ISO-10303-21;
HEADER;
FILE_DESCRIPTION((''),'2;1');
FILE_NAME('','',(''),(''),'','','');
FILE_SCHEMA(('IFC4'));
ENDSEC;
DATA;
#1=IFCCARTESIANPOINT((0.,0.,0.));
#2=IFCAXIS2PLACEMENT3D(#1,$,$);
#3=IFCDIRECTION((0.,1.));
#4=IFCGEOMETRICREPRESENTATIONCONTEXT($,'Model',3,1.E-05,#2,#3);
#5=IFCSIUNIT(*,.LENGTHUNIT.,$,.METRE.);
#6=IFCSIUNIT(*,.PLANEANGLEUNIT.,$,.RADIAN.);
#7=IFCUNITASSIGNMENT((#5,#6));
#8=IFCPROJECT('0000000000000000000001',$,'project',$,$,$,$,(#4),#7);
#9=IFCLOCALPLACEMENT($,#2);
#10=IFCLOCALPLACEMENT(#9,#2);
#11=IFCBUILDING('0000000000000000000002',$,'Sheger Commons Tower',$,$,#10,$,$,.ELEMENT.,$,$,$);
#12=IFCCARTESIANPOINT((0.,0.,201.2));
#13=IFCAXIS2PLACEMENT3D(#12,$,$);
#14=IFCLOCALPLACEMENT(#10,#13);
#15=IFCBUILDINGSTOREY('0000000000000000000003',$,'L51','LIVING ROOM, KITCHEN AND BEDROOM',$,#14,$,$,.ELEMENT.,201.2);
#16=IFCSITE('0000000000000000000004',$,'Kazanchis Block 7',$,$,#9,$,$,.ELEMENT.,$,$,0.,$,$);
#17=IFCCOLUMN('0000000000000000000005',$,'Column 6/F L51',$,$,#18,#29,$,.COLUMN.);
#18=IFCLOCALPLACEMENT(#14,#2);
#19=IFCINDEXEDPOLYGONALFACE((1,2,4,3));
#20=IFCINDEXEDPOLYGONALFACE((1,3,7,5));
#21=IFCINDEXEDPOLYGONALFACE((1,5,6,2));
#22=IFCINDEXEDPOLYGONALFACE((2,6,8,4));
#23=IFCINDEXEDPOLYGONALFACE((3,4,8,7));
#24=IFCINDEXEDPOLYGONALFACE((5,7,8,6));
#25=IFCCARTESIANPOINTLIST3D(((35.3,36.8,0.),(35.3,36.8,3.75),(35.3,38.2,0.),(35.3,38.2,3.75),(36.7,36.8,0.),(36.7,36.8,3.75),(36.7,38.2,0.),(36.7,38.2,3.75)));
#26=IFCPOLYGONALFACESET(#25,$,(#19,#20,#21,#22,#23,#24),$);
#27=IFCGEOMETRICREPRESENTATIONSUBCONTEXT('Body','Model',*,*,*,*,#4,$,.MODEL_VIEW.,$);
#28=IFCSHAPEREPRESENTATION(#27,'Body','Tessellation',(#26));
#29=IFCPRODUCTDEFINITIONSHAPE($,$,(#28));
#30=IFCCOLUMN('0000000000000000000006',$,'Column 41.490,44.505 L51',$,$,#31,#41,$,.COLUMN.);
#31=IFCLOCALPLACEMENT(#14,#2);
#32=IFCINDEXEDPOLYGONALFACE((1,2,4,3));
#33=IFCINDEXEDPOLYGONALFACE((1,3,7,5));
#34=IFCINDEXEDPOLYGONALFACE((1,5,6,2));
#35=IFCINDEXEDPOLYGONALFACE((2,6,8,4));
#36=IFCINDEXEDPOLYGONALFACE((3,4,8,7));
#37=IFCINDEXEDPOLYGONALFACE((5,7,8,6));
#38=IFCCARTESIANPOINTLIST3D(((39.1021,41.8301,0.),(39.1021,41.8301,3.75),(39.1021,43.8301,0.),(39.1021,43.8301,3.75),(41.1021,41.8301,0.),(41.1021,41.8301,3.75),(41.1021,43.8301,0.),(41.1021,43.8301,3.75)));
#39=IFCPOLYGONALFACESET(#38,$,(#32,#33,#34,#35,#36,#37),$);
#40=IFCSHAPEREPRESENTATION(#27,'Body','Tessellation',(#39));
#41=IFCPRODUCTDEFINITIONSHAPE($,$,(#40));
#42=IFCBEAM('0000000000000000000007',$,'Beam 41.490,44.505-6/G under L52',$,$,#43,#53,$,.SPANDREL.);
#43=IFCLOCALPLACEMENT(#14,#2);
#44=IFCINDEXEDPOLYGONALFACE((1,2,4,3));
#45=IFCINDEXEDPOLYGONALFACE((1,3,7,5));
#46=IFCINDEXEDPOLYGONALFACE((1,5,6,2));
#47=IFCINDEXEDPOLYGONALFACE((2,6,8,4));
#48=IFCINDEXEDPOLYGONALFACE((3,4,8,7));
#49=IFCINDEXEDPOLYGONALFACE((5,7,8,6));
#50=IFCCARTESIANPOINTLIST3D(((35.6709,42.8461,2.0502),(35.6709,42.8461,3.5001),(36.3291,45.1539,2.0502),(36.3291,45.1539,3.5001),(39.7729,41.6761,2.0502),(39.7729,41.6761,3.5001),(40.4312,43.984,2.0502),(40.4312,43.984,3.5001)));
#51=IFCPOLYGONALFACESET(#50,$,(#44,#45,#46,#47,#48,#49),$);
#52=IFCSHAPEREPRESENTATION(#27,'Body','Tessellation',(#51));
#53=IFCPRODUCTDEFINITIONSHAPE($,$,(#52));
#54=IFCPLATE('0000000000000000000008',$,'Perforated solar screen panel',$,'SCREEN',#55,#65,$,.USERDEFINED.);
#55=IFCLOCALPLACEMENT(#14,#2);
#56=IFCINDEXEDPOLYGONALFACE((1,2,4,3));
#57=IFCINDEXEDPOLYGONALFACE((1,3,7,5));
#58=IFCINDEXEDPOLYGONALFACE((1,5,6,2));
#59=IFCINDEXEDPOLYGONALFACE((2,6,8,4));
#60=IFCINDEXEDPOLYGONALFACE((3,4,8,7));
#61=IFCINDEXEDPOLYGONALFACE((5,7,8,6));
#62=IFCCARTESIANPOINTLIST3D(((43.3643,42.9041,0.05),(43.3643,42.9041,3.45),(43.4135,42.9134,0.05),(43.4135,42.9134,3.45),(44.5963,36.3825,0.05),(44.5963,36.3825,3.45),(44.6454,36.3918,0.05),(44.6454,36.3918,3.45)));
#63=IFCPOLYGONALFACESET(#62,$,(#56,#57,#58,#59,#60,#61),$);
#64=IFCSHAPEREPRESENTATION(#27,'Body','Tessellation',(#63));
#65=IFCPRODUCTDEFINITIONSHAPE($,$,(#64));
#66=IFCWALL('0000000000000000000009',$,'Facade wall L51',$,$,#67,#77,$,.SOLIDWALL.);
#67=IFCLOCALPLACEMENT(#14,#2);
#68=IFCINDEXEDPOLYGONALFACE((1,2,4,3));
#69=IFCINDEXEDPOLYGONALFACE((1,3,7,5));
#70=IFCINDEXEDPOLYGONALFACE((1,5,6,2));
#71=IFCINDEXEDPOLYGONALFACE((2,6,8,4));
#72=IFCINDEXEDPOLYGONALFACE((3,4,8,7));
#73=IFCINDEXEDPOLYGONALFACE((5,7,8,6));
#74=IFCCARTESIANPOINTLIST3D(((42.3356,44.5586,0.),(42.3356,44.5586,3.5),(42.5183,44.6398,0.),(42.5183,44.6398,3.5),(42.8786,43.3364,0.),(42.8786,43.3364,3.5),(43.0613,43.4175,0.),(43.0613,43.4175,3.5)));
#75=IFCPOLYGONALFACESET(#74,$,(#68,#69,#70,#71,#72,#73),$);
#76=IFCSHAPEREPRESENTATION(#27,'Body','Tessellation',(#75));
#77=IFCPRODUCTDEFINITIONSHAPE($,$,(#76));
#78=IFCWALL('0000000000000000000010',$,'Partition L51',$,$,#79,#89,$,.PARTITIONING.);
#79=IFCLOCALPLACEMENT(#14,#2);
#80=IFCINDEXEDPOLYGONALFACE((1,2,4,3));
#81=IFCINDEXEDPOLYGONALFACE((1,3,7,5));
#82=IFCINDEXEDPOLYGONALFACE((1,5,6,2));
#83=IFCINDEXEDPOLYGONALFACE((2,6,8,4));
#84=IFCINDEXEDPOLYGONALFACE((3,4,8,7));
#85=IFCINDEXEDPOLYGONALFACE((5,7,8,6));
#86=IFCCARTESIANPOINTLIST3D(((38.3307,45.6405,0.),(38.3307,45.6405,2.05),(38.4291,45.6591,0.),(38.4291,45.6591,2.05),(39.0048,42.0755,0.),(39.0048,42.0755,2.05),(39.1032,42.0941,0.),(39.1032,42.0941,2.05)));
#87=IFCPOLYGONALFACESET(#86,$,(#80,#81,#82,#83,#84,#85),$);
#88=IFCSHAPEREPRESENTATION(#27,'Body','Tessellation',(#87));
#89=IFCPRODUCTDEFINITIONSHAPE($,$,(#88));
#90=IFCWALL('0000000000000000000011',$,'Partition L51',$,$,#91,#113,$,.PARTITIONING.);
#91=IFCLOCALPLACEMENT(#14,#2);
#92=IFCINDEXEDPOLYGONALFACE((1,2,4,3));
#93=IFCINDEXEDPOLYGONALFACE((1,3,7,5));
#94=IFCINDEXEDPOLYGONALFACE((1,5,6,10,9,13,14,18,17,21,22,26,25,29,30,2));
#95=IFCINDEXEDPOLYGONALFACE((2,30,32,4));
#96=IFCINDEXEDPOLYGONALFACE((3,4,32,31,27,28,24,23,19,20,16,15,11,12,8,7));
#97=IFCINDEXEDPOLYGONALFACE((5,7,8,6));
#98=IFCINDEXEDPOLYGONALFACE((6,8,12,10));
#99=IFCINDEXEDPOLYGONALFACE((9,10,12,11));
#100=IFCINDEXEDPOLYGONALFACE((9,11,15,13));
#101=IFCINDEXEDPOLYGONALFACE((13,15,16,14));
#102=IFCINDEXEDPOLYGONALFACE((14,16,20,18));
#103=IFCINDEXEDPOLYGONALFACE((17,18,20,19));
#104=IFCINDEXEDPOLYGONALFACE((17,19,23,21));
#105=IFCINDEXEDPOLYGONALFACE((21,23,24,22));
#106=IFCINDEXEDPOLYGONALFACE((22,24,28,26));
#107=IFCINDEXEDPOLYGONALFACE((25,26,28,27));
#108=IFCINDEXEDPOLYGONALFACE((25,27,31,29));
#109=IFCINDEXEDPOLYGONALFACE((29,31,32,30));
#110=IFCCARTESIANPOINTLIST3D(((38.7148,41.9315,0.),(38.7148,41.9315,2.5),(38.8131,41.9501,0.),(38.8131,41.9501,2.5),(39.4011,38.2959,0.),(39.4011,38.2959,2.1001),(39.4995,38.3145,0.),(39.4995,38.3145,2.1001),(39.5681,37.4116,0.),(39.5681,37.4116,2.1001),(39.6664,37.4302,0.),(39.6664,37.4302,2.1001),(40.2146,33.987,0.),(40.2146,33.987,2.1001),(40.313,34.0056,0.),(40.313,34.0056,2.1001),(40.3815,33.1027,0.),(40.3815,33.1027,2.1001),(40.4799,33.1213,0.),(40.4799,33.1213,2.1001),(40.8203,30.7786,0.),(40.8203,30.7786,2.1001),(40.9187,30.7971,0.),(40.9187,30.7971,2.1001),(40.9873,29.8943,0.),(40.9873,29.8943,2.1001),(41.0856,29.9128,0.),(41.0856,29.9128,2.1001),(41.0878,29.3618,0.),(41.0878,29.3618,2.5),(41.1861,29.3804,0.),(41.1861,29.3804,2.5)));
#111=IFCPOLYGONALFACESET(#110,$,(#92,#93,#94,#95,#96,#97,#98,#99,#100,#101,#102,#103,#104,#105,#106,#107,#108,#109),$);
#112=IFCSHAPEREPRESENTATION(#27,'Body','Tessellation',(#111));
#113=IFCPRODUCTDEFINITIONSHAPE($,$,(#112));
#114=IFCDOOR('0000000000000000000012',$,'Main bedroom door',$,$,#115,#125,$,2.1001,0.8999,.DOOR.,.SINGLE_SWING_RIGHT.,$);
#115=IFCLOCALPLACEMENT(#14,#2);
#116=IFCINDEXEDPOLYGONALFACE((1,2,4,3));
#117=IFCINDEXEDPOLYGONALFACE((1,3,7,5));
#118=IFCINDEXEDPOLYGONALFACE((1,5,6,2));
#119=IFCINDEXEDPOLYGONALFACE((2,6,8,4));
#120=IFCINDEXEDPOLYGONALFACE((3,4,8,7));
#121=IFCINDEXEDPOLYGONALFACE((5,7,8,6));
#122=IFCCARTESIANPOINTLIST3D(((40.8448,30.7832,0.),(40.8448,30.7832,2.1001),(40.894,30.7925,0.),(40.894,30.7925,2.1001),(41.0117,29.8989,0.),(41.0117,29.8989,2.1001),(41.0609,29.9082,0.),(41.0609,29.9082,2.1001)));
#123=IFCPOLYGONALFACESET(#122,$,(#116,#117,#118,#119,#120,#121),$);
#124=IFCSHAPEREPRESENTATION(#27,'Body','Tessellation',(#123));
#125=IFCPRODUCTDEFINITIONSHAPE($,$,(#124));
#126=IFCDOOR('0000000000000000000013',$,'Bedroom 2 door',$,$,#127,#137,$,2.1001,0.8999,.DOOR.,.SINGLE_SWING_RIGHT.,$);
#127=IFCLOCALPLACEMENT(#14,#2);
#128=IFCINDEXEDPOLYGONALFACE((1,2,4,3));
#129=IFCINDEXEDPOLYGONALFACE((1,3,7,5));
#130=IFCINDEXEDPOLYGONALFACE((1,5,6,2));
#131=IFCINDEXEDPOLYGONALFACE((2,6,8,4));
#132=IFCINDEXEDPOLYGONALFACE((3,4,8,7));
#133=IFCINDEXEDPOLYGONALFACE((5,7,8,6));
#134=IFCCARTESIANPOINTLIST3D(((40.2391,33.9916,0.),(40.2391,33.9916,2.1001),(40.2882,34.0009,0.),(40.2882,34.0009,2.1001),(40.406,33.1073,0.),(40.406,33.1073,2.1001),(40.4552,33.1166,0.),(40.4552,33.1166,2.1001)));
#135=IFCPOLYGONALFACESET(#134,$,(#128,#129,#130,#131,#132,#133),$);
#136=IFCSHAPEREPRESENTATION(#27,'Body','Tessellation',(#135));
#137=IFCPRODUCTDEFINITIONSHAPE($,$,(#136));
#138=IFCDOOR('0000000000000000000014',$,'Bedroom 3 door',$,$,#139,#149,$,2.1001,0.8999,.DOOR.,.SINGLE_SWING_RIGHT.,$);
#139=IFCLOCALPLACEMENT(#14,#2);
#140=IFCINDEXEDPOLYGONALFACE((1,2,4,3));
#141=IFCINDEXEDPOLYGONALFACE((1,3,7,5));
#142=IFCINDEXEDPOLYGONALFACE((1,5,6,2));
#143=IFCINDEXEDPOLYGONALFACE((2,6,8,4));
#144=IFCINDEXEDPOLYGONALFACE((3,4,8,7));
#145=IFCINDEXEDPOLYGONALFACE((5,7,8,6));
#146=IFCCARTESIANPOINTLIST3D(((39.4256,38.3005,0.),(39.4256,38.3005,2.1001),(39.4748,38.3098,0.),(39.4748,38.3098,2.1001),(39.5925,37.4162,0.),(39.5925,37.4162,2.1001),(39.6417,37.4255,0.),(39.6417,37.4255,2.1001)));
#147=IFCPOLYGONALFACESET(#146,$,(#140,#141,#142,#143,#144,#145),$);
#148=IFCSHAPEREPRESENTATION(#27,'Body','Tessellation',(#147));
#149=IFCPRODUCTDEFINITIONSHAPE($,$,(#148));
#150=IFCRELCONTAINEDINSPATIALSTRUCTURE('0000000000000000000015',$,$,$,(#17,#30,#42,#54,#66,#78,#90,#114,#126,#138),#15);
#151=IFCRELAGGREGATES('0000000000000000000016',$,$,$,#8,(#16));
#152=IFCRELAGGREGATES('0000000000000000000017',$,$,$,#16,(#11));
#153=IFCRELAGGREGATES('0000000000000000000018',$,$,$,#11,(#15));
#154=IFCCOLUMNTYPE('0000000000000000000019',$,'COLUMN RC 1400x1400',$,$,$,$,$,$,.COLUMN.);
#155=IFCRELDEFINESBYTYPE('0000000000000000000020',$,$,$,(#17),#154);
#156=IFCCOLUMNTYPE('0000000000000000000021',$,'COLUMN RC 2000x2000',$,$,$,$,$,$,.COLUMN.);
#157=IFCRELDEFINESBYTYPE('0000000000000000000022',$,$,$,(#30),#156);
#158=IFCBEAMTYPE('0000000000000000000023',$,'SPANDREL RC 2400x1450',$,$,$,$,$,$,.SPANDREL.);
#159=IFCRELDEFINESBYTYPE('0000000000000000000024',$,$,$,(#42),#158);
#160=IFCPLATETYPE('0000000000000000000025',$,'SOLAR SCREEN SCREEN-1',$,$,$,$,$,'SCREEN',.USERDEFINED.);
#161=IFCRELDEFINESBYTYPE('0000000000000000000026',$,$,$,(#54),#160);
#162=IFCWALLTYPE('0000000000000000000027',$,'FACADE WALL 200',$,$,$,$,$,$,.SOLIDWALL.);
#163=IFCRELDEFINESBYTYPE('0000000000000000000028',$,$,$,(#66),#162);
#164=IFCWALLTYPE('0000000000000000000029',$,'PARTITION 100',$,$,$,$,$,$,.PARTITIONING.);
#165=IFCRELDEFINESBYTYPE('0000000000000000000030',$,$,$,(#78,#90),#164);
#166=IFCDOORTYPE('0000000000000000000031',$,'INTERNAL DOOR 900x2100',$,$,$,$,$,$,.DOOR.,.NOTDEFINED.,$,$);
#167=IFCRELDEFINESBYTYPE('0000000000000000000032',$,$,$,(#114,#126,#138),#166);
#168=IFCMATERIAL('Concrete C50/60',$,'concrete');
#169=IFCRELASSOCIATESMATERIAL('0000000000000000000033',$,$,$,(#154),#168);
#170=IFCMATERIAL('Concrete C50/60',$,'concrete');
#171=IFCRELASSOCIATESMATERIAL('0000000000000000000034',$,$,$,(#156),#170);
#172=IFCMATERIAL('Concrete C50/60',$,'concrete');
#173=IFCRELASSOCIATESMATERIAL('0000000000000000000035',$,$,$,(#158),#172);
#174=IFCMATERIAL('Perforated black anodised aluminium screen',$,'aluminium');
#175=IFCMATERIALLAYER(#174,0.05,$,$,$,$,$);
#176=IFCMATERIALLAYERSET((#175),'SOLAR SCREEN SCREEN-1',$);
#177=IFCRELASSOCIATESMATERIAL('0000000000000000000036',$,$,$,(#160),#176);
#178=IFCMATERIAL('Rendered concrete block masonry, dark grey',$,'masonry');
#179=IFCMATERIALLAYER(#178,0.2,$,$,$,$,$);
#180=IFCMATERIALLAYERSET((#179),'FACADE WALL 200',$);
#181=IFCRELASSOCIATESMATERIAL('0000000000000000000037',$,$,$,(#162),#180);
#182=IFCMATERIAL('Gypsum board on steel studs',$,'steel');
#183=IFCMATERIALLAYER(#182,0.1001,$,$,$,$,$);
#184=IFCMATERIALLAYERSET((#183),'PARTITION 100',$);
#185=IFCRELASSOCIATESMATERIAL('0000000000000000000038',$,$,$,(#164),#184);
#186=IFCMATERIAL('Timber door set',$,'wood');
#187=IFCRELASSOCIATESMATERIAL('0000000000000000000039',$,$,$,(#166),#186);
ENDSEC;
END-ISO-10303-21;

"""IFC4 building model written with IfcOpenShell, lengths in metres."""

from ifc_helpers import new_model, si_unit, direction, frame, frame_2d, origin, origin_2d, place, context, subcontext, project, spatial, rectangle, extrude, material, layer, layer_set, material_profile, profile_set, type_object, element, fill, save


model = new_model("IFC4")

# Units and contexts
model_context = context("Model", 3, precision=1e-05, world=origin(), true_north=direction((0.0, 1.0)))
body_context = subcontext(model_context, "Body", "Model", "MODEL_VIEW")
ifc_project = project(units=[si_unit("LENGTHUNIT", "METRE"), si_unit("PLANEANGLEUNIT", "RADIAN")], contexts=[model_context])

# Site, building, storey
site_placement = place(None, origin())
site = spatial("IfcSite", under=ifc_project, at=site_placement, Name="Kazanchis Block 7", CompositionType="ELEMENT", RefElevation=0.0)
building_placement = place(site_placement, origin())
building = spatial("IfcBuilding", under=site, at=building_placement, Name="Sheger Commons Tower", CompositionType="ELEMENT")
storey_placement = place(building_placement, frame((0.0, 0.0, 201.2)))
storey = spatial("IfcBuildingStorey", under=building, at=storey_placement, Name="L51", Description="LIVING ROOM, KITCHEN AND BEDROOM", CompositionType="ELEMENT", Elevation=201.2)

# Columns
ifc_material_1 = material(Name="Concrete C50/60", Category="concrete")
ifc_material_profile_1 = material_profile(ifc_material_1, rectangle(XDim=1.3999, YDim=1.3999, at=origin_2d()), Name="RC 1400x1400")
ifc_profile_set_1 = profile_set([ifc_material_profile_1], Name="Concrete C50/60")
column_type_1 = type_object("IfcColumnType", Name="COLUMN RC 1400x1400", PredefinedType="COLUMN", material=ifc_profile_set_1)
column_1_placement = place(storey_placement, frame((36.0, 37.5, 0.0), z_axis=(0.0, 0.0, 1.0), x_axis=(1.0, 0.0, 0.0)))
element("IfcColumn", 1, at=column_1_placement, inside=storey, type_object=column_type_1, Name="Column 6/F L51", PredefinedType="COLUMN", context=body_context, shape_type="SweptSolid", body=[
    extrude(rectangle(XDim=1.3999, YDim=1.3999, at=origin_2d()), origin(), (0.0, 0.0, 1.0), 3.75),
])
ifc_material_2 = material(Name="Concrete C50/60", Category="concrete")
ifc_material_profile_2 = material_profile(ifc_material_2, rectangle(XDim=2.0, YDim=2.0, at=origin_2d()), Name="RC 2000x2000")
ifc_profile_set_2 = profile_set([ifc_material_profile_2], Name="Concrete C50/60")
column_type_2 = type_object("IfcColumnType", Name="COLUMN RC 2000x2000", PredefinedType="COLUMN", material=ifc_profile_set_2)
column_2_placement = place(storey_placement, frame((40.1021, 42.8301, 0.0), z_axis=(0.0, 0.0, 1.0), x_axis=(1.0, 0.0, 0.0)))
element("IfcColumn", 2, at=column_2_placement, inside=storey, type_object=column_type_2, Name="Column 41.490,44.505 L51", PredefinedType="COLUMN", context=body_context, shape_type="SweptSolid", body=[
    extrude(rectangle(XDim=2.0, YDim=2.0, at=origin_2d()), origin(), (0.0, 0.0, 1.0), 3.75),
])

# Beam
ifc_material_3 = material(Name="Concrete C50/60", Category="concrete")
ifc_material_profile_3 = material_profile(ifc_material_3, rectangle(XDim=2.3999, YDim=1.45, at=origin_2d()), Name="RC 2400x1450")
ifc_profile_set_3 = profile_set([ifc_material_profile_3], Name="Concrete C50/60")
beam_type = type_object("IfcBeamType", Name="SPANDREL RC 2400x1450", PredefinedType="SPANDREL", material=ifc_profile_set_3)
beam_placement = place(storey_placement, frame((40.1021, 42.8301, 2.7751), z_axis=(-0.961653, 0.274268, 0.0), x_axis=(-0.274268, -0.961653, 0.0)))
element("IfcBeam", 3, at=beam_placement, inside=storey, type_object=beam_type, Name="Beam 41.490,44.505-6/G under L52", PredefinedType="SPANDREL", context=body_context, shape_type="SweptSolid", body=[
    extrude(rectangle(XDim=2.3999, YDim=1.45, at=origin_2d()), origin(), (0.0, 0.0, 1.0), 4.2656),
])

# Plate
ifc_material_4 = material(Name="Perforated black anodised aluminium screen", Category="aluminium")
ifc_layer_1 = layer(ifc_material_4, 0.05)
ifc_layer_set_1 = layer_set([ifc_layer_1], Name="SOLAR SCREEN SCREEN-1")
plate_type = type_object("IfcPlateType", Name="SOLAR SCREEN SCREEN-1", ElementType="SCREEN", PredefinedType="USERDEFINED", material=ifc_layer_set_1)
plate_placement = place(storey_placement, frame((44.0049, 39.6479, 0.05), z_axis=(0.0, 0.0, 1.0), x_axis=(-0.185615, 0.982623, 0.0)))
element("IfcPlate", 4, at=plate_placement, inside=storey, type_object=plate_type, Name="Perforated solar screen panel", ObjectType="SCREEN", PredefinedType="USERDEFINED", context=body_context, shape_type="SweptSolid", body=[
    extrude(rectangle(XDim=6.637, YDim=0.05, at=origin_2d()), origin(), (0.0, 0.0, 1.0), 3.3999),
])

# Walls
ifc_material_5 = material(Name="Rendered concrete block masonry, dark grey", Category="masonry")
ifc_layer_2 = layer(ifc_material_5, 0.2)
ifc_layer_set_2 = layer_set([ifc_layer_2], Name="FACADE WALL 200")
wall_type_1 = type_object("IfcWallType", Name="FACADE WALL 200", PredefinedType="SOLIDWALL", material=ifc_layer_set_2)
wall_1_placement = place(storey_placement, frame((42.97, 43.377, 0.0), z_axis=(0.0, 0.0, 1.0), x_axis=(-0.406003, 0.913872, 0.0)))
element("IfcWall", 5, at=wall_1_placement, inside=storey, type_object=wall_type_1, Name="Facade wall L51", PredefinedType="SOLIDWALL", context=body_context, shape_type="SweptSolid", body=[
    extrude(rectangle(XDim=1.3374, YDim=0.2, at=frame_2d((0.6687, 0.0))), origin(), (0.0, 0.0, 1.0), 3.5),
])
ifc_material_6 = material(Name="Gypsum board on steel studs", Category="steel")
ifc_layer_3 = layer(ifc_material_6, 0.1001)
ifc_layer_set_3 = layer_set([ifc_layer_3], Name="PARTITION 100")
wall_type_2 = type_object("IfcWallType", Name="PARTITION 100", PredefinedType="PARTITIONING", material=ifc_layer_set_3)
wall_2_placement = place(storey_placement, frame((39.054, 42.085, 0.0), z_axis=(0.0, 0.0, 1.0), x_axis=(-0.185792, 0.982589, 0.0)))
element("IfcWall", 6, at=wall_2_placement, inside=storey, type_object=wall_type_2, Name="Partition L51", PredefinedType="PARTITIONING", context=body_context, shape_type="SweptSolid", body=[
    extrude(rectangle(XDim=3.6282, YDim=0.1001, at=frame_2d((1.814, 0.0))), origin(), (0.0, 0.0, 1.0), 2.05),
])

# Wall, openings, doors
wall_3_placement = place(storey_placement, frame((38.7639, 41.9409, 0.0), z_axis=(0.0, 0.0, 1.0), x_axis=(0.185512, -0.982642, 0.0)))
wall_3 = element("IfcWall", 7, at=wall_3_placement, inside=storey, type_object=wall_type_2, Name="Partition L51", PredefinedType="PARTITIONING", context=body_context, shape_type="SweptSolid", body=[
    extrude(rectangle(XDim=12.7917, YDim=0.1001, at=frame_2d((6.396, 0.0))), origin(), (0.0, 0.0, 1.0), 2.5),
])
opening_1_placement = place(wall_3_placement, frame((11.3501, 0.0, 0.0)))
opening_1 = element("IfcOpeningElement", 8, at=opening_1_placement, cuts=wall_3, PredefinedType="OPENING", context=body_context, shape_type="SweptSolid", body=[
    extrude(rectangle(XDim=0.8999, YDim=2.1001, at=frame_2d((0.45, 1.05))), frame((0.0, 0.0601, 0.0), z_axis=(0.0, -1.0, 0.0), x_axis=(1.0, 0.0, 0.0)), (0.0, 0.0, 1.0), 0.1201),
])
opening_2_placement = place(wall_3_placement, frame((8.085, 0.0, 0.0)))
opening_2 = element("IfcOpeningElement", 9, at=opening_2_placement, cuts=wall_3, PredefinedType="OPENING", context=body_context, shape_type="SweptSolid", body=[
    extrude(rectangle(XDim=0.8999, YDim=2.1001, at=frame_2d((0.45, 1.05))), frame((0.0, 0.0601, 0.0), z_axis=(0.0, -1.0, 0.0), x_axis=(1.0, 0.0, 0.0)), (0.0, 0.0, 1.0), 0.1201),
])
opening_3_placement = place(wall_3_placement, frame((3.7, 0.0, 0.0)))
opening_3 = element("IfcOpeningElement", 10, at=opening_3_placement, cuts=wall_3, PredefinedType="OPENING", context=body_context, shape_type="SweptSolid", body=[
    extrude(rectangle(XDim=0.8999, YDim=2.1001, at=frame_2d((0.45, 1.05))), frame((0.0, 0.0601, 0.0), z_axis=(0.0, -1.0, 0.0), x_axis=(1.0, 0.0, 0.0)), (0.0, 0.0, 1.0), 0.1201),
])
ifc_material_7 = material(Name="Timber door set", Category="wood")
door_type = type_object("IfcDoorType", Name="INTERNAL DOOR 900x2100", OperationType="NOTDEFINED", PredefinedType="DOOR", material=ifc_material_7)
door_1_placement = place(opening_1_placement, origin())
door_1 = element("IfcDoor", 11, at=door_1_placement, inside=storey, type_object=door_type, Name="Main bedroom door", OperationType="SINGLE_SWING_RIGHT", OverallHeight=2.1001, OverallWidth=0.8999, PredefinedType="DOOR", context=body_context, shape_type="SweptSolid", body=[
    extrude(rectangle(XDim=0.8999, YDim=2.1001, at=frame_2d((0.45, 1.05))), frame((0.0, 0.0249, 0.0), z_axis=(0.0, -1.0, 0.0), x_axis=(1.0, 0.0, 0.0)), (0.0, 0.0, 1.0), 0.05),
])
fill(opening_1, door_1)
door_2_placement = place(opening_2_placement, origin())
door_2 = element("IfcDoor", 12, at=door_2_placement, inside=storey, type_object=door_type, Name="Bedroom 2 door", OperationType="SINGLE_SWING_RIGHT", OverallHeight=2.1001, OverallWidth=0.8999, PredefinedType="DOOR", context=body_context, shape_type="SweptSolid", body=[
    extrude(rectangle(XDim=0.8999, YDim=2.1001, at=frame_2d((0.45, 1.05))), frame((0.0, 0.0249, 0.0), z_axis=(0.0, -1.0, 0.0), x_axis=(1.0, 0.0, 0.0)), (0.0, 0.0, 1.0), 0.05),
])
fill(opening_2, door_2)
door_3_placement = place(opening_3_placement, origin())
door_3 = element("IfcDoor", 13, at=door_3_placement, inside=storey, type_object=door_type, Name="Bedroom 3 door", OperationType="SINGLE_SWING_RIGHT", OverallHeight=2.1001, OverallWidth=0.8999, PredefinedType="DOOR", context=body_context, shape_type="SweptSolid", body=[
    extrude(rectangle(XDim=0.8999, YDim=2.1001, at=frame_2d((0.45, 1.05))), frame((0.0, 0.0249, 0.0), z_axis=(0.0, -1.0, 0.0), x_axis=(1.0, 0.0, 0.0)), (0.0, 0.0, 1.0), 0.05),
])
fill(opening_3, door_3)

save(model, "model.ifc")
